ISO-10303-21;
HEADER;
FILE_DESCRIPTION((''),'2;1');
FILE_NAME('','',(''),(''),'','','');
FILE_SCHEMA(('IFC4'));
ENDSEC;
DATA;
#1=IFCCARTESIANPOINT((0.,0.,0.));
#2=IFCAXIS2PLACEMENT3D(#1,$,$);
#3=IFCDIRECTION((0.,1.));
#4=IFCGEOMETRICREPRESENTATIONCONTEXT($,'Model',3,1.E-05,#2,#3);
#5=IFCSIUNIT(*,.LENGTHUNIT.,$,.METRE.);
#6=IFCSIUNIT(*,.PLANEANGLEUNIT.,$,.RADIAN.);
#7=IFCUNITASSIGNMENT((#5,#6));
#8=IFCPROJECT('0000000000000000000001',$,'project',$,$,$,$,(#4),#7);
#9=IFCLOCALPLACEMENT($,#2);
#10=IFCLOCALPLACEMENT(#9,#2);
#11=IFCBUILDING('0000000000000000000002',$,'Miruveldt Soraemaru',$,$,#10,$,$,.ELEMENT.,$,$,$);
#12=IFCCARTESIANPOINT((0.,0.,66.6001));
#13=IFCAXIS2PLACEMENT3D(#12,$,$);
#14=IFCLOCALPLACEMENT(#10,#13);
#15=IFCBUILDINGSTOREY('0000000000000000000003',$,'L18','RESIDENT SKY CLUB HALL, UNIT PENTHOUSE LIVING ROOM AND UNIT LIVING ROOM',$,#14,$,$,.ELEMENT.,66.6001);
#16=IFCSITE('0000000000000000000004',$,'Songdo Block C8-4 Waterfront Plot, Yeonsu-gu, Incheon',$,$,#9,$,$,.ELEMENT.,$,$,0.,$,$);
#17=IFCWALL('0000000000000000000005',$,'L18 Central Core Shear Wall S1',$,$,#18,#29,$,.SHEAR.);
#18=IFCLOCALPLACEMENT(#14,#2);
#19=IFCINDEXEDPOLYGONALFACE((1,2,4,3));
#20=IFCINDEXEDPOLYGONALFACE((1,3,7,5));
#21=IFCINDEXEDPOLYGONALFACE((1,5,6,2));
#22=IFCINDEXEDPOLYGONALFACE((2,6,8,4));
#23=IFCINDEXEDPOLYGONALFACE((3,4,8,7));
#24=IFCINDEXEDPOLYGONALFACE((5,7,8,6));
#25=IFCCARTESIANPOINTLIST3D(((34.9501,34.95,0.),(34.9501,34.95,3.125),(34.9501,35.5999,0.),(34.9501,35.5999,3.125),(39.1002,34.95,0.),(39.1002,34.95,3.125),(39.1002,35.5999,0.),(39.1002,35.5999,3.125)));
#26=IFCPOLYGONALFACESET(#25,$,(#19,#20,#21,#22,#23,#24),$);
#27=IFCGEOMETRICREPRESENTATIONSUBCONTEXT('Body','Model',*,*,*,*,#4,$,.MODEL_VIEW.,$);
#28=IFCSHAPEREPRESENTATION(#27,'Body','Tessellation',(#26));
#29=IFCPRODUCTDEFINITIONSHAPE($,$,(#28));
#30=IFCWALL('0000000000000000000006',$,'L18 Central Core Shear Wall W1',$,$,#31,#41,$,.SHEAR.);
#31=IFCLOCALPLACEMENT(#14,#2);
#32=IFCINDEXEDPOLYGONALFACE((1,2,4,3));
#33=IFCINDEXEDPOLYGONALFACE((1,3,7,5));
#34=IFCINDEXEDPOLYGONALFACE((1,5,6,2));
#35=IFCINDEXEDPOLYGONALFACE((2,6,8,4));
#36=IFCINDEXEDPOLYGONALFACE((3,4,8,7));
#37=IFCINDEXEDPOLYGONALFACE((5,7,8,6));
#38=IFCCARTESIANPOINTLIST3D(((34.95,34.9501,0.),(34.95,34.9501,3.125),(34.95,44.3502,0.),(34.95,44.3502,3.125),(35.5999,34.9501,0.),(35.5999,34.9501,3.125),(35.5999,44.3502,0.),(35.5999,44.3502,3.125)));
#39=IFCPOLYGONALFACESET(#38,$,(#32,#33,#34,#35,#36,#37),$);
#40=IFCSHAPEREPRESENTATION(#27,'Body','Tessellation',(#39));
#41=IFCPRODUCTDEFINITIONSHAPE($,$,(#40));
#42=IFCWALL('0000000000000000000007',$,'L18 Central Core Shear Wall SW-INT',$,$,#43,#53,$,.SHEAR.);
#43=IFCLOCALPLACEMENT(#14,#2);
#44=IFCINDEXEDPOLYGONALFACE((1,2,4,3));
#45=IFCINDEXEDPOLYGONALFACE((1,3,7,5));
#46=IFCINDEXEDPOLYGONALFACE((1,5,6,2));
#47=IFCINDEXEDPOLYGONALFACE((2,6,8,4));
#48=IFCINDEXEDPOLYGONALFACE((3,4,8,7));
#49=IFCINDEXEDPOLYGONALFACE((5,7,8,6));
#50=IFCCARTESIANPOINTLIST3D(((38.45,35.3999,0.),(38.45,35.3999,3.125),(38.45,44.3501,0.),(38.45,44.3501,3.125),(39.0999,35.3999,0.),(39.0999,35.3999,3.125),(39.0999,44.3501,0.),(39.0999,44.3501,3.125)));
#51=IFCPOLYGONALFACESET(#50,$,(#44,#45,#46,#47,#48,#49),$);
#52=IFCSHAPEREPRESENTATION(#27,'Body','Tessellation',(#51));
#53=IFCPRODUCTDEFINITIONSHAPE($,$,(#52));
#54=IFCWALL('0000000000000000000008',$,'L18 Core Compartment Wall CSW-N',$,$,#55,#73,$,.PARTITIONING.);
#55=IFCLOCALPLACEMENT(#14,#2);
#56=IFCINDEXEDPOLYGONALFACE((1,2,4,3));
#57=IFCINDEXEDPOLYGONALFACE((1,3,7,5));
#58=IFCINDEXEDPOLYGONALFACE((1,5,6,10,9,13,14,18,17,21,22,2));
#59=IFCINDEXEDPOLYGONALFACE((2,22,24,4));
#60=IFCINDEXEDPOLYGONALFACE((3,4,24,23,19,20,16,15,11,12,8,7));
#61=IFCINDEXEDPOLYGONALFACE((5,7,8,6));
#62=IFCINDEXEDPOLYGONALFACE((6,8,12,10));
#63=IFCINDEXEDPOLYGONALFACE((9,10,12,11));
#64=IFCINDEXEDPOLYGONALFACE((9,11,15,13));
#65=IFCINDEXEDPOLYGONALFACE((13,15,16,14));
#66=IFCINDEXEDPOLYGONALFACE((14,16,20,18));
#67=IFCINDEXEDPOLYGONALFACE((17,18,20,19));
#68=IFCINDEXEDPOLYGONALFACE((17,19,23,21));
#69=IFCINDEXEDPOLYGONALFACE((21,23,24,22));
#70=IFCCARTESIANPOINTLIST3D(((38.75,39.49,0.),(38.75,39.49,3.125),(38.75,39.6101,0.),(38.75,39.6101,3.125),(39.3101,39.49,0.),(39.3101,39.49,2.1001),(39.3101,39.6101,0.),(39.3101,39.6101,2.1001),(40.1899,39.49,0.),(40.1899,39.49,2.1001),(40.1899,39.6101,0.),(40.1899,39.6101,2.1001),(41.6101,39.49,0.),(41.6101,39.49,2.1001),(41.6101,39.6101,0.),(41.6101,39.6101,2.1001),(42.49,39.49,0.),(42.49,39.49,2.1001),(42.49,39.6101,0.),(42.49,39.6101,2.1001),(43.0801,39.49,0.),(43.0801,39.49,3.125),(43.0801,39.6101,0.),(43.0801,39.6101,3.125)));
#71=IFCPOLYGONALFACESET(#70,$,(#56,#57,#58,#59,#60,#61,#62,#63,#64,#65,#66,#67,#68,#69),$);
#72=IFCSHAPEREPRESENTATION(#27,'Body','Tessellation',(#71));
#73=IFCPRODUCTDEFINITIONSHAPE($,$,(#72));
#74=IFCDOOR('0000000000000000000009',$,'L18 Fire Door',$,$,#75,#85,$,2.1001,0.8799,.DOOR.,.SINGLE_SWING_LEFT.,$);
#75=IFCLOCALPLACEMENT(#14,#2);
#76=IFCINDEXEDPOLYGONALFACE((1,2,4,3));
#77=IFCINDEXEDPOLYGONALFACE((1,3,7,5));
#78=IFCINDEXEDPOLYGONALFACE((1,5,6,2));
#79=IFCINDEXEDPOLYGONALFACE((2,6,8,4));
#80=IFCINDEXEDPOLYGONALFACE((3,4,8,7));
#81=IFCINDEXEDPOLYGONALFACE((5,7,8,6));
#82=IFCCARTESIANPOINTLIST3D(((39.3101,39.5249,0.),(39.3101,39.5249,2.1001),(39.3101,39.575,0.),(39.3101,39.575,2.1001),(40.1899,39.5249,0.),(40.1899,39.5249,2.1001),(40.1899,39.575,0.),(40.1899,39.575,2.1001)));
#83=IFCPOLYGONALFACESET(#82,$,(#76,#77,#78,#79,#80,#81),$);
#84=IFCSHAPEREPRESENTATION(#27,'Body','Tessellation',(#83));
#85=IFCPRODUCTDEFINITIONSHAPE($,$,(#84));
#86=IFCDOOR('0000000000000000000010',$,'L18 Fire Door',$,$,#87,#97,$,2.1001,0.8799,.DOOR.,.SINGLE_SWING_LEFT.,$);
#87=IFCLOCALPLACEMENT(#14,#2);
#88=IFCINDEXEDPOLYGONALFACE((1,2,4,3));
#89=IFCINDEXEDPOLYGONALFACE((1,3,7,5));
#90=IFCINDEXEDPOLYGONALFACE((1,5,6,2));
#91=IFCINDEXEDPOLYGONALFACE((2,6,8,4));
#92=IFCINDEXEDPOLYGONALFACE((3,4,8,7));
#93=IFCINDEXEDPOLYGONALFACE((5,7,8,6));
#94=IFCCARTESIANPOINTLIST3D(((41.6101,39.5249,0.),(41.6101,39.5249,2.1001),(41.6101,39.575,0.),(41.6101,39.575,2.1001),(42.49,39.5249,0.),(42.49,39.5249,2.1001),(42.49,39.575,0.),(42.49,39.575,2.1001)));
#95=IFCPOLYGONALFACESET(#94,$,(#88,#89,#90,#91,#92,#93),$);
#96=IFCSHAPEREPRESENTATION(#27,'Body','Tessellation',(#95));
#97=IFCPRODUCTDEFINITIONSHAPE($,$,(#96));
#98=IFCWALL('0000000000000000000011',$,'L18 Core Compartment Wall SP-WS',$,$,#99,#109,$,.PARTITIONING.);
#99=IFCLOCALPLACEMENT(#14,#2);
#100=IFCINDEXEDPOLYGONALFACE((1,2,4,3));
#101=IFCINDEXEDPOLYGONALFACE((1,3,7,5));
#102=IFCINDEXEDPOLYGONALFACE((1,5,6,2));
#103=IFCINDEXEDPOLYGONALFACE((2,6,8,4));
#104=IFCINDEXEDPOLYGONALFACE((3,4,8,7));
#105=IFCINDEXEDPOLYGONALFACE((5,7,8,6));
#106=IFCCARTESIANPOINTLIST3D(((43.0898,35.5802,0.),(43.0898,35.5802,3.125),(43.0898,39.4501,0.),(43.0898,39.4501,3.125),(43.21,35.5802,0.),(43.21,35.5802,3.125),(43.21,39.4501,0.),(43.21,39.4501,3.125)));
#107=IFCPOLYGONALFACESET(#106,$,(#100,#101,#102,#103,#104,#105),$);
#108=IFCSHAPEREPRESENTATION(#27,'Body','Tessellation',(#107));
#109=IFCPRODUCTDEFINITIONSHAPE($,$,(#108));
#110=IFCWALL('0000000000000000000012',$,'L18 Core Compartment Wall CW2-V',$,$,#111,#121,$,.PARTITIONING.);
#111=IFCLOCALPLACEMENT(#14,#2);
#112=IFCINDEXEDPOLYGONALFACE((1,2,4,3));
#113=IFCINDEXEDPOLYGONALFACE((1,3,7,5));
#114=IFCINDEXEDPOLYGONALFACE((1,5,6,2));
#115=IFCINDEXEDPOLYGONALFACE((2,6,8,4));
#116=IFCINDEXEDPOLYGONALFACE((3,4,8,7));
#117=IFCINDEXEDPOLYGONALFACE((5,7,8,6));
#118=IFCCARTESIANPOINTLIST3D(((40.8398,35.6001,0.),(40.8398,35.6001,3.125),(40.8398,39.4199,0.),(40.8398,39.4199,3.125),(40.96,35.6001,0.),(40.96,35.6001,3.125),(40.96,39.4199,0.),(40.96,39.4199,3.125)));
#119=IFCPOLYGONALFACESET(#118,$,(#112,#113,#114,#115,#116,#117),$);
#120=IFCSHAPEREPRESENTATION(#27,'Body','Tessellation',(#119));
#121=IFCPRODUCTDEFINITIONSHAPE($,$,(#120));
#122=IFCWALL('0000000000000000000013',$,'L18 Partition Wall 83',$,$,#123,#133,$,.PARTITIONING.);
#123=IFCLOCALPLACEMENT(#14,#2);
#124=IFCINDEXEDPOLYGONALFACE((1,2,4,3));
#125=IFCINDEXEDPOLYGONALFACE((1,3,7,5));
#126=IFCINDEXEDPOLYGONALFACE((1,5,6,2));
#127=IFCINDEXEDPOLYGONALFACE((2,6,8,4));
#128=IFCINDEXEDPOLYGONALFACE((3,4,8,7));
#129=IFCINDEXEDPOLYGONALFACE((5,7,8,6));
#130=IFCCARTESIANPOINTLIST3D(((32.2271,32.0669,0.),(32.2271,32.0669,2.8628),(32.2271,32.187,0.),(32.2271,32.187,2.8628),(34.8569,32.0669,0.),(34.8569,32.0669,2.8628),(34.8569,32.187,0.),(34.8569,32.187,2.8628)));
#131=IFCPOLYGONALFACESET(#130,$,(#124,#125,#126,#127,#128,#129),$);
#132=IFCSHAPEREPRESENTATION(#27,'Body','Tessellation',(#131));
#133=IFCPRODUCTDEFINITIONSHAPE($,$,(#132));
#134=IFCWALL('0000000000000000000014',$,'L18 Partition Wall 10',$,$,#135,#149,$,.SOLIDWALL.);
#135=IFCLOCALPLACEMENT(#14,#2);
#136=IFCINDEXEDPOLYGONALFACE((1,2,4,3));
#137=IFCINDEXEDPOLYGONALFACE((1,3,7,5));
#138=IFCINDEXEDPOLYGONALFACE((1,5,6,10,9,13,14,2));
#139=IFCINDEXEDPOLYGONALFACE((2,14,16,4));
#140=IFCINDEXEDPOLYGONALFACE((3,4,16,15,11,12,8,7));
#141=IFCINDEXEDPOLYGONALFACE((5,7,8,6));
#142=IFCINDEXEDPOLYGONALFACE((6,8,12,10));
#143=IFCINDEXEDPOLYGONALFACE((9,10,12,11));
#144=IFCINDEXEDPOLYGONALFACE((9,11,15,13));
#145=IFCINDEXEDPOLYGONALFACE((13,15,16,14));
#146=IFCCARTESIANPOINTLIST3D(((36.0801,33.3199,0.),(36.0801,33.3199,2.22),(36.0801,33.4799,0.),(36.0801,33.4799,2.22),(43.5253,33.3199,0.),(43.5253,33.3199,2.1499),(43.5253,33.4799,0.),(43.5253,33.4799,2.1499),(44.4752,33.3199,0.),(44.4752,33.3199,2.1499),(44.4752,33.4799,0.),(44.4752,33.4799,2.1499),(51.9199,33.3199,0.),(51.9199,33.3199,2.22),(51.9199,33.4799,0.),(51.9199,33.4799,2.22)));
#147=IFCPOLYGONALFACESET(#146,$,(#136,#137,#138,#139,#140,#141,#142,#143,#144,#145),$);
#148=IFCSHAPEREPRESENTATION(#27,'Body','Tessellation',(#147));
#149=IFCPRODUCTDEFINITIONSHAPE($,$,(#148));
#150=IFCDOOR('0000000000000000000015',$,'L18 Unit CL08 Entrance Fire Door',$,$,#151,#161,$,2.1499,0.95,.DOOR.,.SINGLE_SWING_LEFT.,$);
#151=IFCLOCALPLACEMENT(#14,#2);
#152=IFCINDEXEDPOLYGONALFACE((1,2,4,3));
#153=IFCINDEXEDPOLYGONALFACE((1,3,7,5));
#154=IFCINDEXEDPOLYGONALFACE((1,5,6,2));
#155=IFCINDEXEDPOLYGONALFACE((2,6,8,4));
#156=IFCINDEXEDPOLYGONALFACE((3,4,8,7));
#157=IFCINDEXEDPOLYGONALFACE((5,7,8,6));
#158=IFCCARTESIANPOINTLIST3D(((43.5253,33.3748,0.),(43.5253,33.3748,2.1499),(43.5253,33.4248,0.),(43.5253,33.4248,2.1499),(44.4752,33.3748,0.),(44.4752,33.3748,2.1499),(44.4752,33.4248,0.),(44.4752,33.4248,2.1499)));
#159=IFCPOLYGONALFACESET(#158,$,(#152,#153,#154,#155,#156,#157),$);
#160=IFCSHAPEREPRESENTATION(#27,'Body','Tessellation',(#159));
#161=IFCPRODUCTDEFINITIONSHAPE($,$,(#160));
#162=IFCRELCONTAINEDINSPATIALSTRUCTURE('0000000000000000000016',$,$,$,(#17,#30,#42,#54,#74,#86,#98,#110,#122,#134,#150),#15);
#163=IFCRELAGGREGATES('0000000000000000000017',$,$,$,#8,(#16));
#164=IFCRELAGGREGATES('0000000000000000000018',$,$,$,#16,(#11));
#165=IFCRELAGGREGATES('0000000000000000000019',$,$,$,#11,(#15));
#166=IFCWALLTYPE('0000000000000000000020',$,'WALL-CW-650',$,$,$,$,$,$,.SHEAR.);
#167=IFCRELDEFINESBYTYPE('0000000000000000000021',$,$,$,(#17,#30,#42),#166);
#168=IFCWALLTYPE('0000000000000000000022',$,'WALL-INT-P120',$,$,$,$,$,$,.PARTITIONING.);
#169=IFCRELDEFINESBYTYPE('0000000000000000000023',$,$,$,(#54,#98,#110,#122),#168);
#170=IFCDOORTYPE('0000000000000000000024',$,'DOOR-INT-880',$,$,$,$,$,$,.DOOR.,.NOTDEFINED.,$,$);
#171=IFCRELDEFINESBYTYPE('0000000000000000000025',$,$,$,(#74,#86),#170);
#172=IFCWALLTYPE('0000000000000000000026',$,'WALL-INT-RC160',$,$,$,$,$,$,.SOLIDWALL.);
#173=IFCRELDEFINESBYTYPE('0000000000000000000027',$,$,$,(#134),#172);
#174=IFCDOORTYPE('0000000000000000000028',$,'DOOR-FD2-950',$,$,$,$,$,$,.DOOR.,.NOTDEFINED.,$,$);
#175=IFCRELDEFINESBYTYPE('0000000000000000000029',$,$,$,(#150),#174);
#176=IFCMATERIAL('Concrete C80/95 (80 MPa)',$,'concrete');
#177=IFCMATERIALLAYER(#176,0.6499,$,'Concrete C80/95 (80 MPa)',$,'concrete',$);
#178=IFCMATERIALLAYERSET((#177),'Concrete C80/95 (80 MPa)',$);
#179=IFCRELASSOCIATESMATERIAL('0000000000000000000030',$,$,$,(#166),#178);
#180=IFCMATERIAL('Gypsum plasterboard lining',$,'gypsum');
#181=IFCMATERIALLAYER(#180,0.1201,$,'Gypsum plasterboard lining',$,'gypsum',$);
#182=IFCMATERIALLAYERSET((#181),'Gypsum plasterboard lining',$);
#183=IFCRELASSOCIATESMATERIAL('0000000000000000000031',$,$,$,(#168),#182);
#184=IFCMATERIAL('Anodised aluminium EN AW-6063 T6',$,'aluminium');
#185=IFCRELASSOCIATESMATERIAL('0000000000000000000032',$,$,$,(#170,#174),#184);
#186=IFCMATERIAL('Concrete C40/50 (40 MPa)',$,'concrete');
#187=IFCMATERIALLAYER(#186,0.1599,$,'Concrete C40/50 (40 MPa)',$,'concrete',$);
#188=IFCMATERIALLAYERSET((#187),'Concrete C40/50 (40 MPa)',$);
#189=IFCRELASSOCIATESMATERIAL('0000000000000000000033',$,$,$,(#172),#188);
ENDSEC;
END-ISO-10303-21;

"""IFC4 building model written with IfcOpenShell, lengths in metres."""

from ifc_helpers import new_model, si_unit, direction, frame, frame_2d, origin, place, context, subcontext, project, spatial, rectangle, extrude, material, layer, layer_set, type_object, element, fill, save


model = new_model("IFC4")

# Units and contexts
model_context = context("Model", 3, precision=1e-05, world=origin(), true_north=direction((0.0, 1.0)))
body_context = subcontext(model_context, "Body", "Model", "MODEL_VIEW")
ifc_project = project(units=[si_unit("LENGTHUNIT", "METRE"), si_unit("PLANEANGLEUNIT", "RADIAN")], contexts=[model_context])

# Site, building, storey
site_placement = place(None, origin())
site = spatial("IfcSite", under=ifc_project, at=site_placement, Name="Songdo Block C8-4 Waterfront Plot, Yeonsu-gu, Incheon", CompositionType="ELEMENT", RefElevation=0.0)
building_placement = place(site_placement, origin())
building = spatial("IfcBuilding", under=site, at=building_placement, Name="Miruveldt Soraemaru", CompositionType="ELEMENT")
storey_placement = place(building_placement, frame((0.0, 0.0, 66.6001)))
storey = spatial("IfcBuildingStorey", under=building, at=storey_placement, Name="L18", Description="RESIDENT SKY CLUB HALL, UNIT PENTHOUSE LIVING ROOM AND UNIT LIVING ROOM", CompositionType="ELEMENT", Elevation=66.6001)

# Walls
ifc_material_1 = material(Name="Concrete C80/95 (80 MPa)", Category="concrete")
ifc_layer_1 = layer(ifc_material_1, 0.6499, Name="Concrete C80/95 (80 MPa)", Category="concrete")
ifc_layer_set_1 = layer_set([ifc_layer_1], Name="Concrete C80/95 (80 MPa)")
wall_type_1 = type_object("IfcWallType", Name="WALL-CW-650", PredefinedType="SHEAR", material=ifc_layer_set_1)
wall_1_placement = place(storey_placement, frame((34.95, 35.2749, 0.0), z_axis=(0.0, 0.0, 1.0), x_axis=(1.0, 0.0, 0.0)))
element("IfcWall", 1, at=wall_1_placement, inside=storey, type_object=wall_type_1, Name="L18 Central Core Shear Wall S1", PredefinedType="SHEAR", context=body_context, shape_type="SweptSolid", body=[
    extrude(rectangle(XDim=4.1501, YDim=0.6499, at=frame_2d((2.0752, 0.0))), origin(), (0.0, 0.0, 1.0), 3.125),
])
wall_2_placement = place(storey_placement, frame((35.2749, 34.95, 0.0), z_axis=(0.0, 0.0, 1.0), x_axis=(0.0, 1.0, 0.0)))
element("IfcWall", 2, at=wall_2_placement, inside=storey, type_object=wall_type_1, Name="L18 Central Core Shear Wall W1", PredefinedType="SHEAR", context=body_context, shape_type="SweptSolid", body=[
    extrude(rectangle(XDim=9.4001, YDim=0.6499, at=frame_2d((4.7002, 0.0))), origin(), (0.0, 0.0, 1.0), 3.125),
])
wall_3_placement = place(storey_placement, frame((38.7749, 35.3999, 0.0), z_axis=(0.0, 0.0, 1.0), x_axis=(0.0, 1.0, 0.0)))
element("IfcWall", 3, at=wall_3_placement, inside=storey, type_object=wall_type_1, Name="L18 Central Core Shear Wall SW-INT", PredefinedType="SHEAR", context=body_context, shape_type="SweptSolid", body=[
    extrude(rectangle(XDim=8.9502, YDim=0.6499, at=frame_2d((4.4751, 0.0))), origin(), (0.0, 0.0, 1.0), 3.125),
])

# Wall, openings, doors
ifc_material_2 = material(Name="Gypsum plasterboard lining", Category="gypsum")
ifc_layer_2 = layer(ifc_material_2, 0.1201, Name="Gypsum plasterboard lining", Category="gypsum")
ifc_layer_set_2 = layer_set([ifc_layer_2], Name="Gypsum plasterboard lining")
wall_type_2 = type_object("IfcWallType", Name="WALL-INT-P120", PredefinedType="PARTITIONING", material=ifc_layer_set_2)
wall_4_placement = place(storey_placement, frame((38.75, 39.55, 0.0), z_axis=(0.0, 0.0, 1.0), x_axis=(1.0, 0.0, 0.0)))
wall_4 = element("IfcWall", 4, at=wall_4_placement, inside=storey, type_object=wall_type_2, Name="L18 Core Compartment Wall CSW-N", PredefinedType="PARTITIONING", context=body_context, shape_type="SweptSolid", body=[
    extrude(rectangle(XDim=4.3301, YDim=0.1201, at=frame_2d((2.165, 0.0))), origin(), (0.0, 0.0, 1.0), 3.125),
])
opening_1_placement = place(wall_4_placement, frame((0.5601, 0.0, 0.0)))
opening_1 = element("IfcOpeningElement", 5, at=opening_1_placement, cuts=wall_4, PredefinedType="OPENING", context=body_context, shape_type="SweptSolid", body=[
    extrude(rectangle(XDim=0.8799, YDim=2.1001, at=frame_2d((0.4399, 1.05))), frame((0.0, 0.0701, 0.0), z_axis=(0.0, -1.0, 0.0), x_axis=(1.0, 0.0, 0.0)), (0.0, 0.0, 1.0), 0.1401),
])
opening_2_placement = place(wall_4_placement, frame((2.8601, 0.0, 0.0)))
opening_2 = element("IfcOpeningElement", 6, at=opening_2_placement, cuts=wall_4, PredefinedType="OPENING", context=body_context, shape_type="SweptSolid", body=[
    extrude(rectangle(XDim=0.8799, YDim=2.1001, at=frame_2d((0.4399, 1.05))), frame((0.0, 0.0701, 0.0), z_axis=(0.0, -1.0, 0.0), x_axis=(1.0, 0.0, 0.0)), (0.0, 0.0, 1.0), 0.1401),
])
ifc_material_3 = material(Name="Anodised aluminium EN AW-6063 T6", Category="aluminium")
door_type_1 = type_object("IfcDoorType", Name="DOOR-INT-880", OperationType="NOTDEFINED", PredefinedType="DOOR", material=ifc_material_3)
door_1_placement = place(opening_1_placement, origin())
door_1 = element("IfcDoor", 7, at=door_1_placement, inside=storey, type_object=door_type_1, Name="L18 Fire Door", OperationType="SINGLE_SWING_LEFT", OverallHeight=2.1001, OverallWidth=0.8799, PredefinedType="DOOR", context=body_context, shape_type="SweptSolid", body=[
    extrude(rectangle(XDim=0.8799, YDim=2.1001, at=frame_2d((0.4399, 1.05))), frame((0.0, 0.0249, 0.0), z_axis=(0.0, -1.0, 0.0), x_axis=(1.0, 0.0, 0.0)), (0.0, 0.0, 1.0), 0.05),
])
fill(opening_1, door_1)
door_2_placement = place(opening_2_placement, origin())
door_2 = element("IfcDoor", 8, at=door_2_placement, inside=storey, type_object=door_type_1, Name="L18 Fire Door", OperationType="SINGLE_SWING_LEFT", OverallHeight=2.1001, OverallWidth=0.8799, PredefinedType="DOOR", context=body_context, shape_type="SweptSolid", body=[
    extrude(rectangle(XDim=0.8799, YDim=2.1001, at=frame_2d((0.4399, 1.05))), frame((0.0, 0.0249, 0.0), z_axis=(0.0, -1.0, 0.0), x_axis=(1.0, 0.0, 0.0)), (0.0, 0.0, 1.0), 0.05),
])
fill(opening_2, door_2)

# Walls
wall_5_placement = place(storey_placement, frame((43.1499, 35.5801, 0.0), z_axis=(0.0, 0.0, 1.0), x_axis=(0.0, 1.0, 0.0)))
element("IfcWall", 9, at=wall_5_placement, inside=storey, type_object=wall_type_2, Name="L18 Core Compartment Wall SP-WS", PredefinedType="PARTITIONING", context=body_context, shape_type="SweptSolid", body=[
    extrude(rectangle(XDim=3.8699, YDim=0.1201, at=frame_2d((1.9351, 0.0))), origin(), (0.0, 0.0, 1.0), 3.125),
])
wall_6_placement = place(storey_placement, frame((40.8999, 35.6001, 0.0), z_axis=(0.0, 0.0, 1.0), x_axis=(0.0, 1.0, 0.0)))
element("IfcWall", 10, at=wall_6_placement, inside=storey, type_object=wall_type_2, Name="L18 Core Compartment Wall CW2-V", PredefinedType="PARTITIONING", context=body_context, shape_type="SweptSolid", body=[
    extrude(rectangle(XDim=3.8198, YDim=0.1201, at=frame_2d((1.9099, 0.0))), origin(), (0.0, 0.0, 1.0), 3.125),
])
wall_7_placement = place(storey_placement, frame((34.8569, 32.127, 0.0), z_axis=(0.0, 0.0, 1.0), x_axis=(-1.0, 0.0, 0.0)))
element("IfcWall", 11, at=wall_7_placement, inside=storey, type_object=wall_type_2, Name="L18 Partition Wall 83", PredefinedType="PARTITIONING", context=body_context, shape_type="SweptSolid", body=[
    extrude(rectangle(XDim=2.6299, YDim=0.1201, at=frame_2d((1.3149, 0.0))), origin(), (0.0, 0.0, 1.0), 2.8628),
])

# Wall, opening, door
ifc_material_4 = material(Name="Concrete C40/50 (40 MPa)", Category="concrete")
ifc_layer_3 = layer(ifc_material_4, 0.1599, Name="Concrete C40/50 (40 MPa)", Category="concrete")
ifc_layer_set_3 = layer_set([ifc_layer_3], Name="Concrete C40/50 (40 MPa)")
wall_type_3 = type_object("IfcWallType", Name="WALL-INT-RC160", PredefinedType="SOLIDWALL", material=ifc_layer_set_3)
wall_8_placement = place(storey_placement, frame((36.0801, 33.3999, 0.0), z_axis=(0.0, 0.0, 1.0), x_axis=(1.0, 0.0, 0.0)))
wall_8 = element("IfcWall", 12, at=wall_8_placement, inside=storey, type_object=wall_type_3, Name="L18 Partition Wall 10", PredefinedType="SOLIDWALL", context=body_context, shape_type="SweptSolid", body=[
    extrude(rectangle(XDim=15.8398, YDim=0.1599, at=frame_2d((7.9199, 0.0))), origin(), (0.0, 0.0, 1.0), 2.22),
])
opening_3_placement = place(wall_8_placement, frame((7.4451, 0.0, 0.0)))
opening_3 = element("IfcOpeningElement", 13, at=opening_3_placement, cuts=wall_8, PredefinedType="OPENING", context=body_context, shape_type="SweptSolid", body=[
    extrude(rectangle(XDim=0.95, YDim=2.1499, at=frame_2d((0.4751, 1.075))), frame((0.0, 0.0898, 0.0), z_axis=(0.0, -1.0, 0.0), x_axis=(1.0, 0.0, 0.0)), (0.0, 0.0, 1.0), 0.1799),
])
door_type_2 = type_object("IfcDoorType", Name="DOOR-FD2-950", OperationType="NOTDEFINED", PredefinedType="DOOR", material=ifc_material_3)
door_3_placement = place(opening_3_placement, origin())
door_3 = element("IfcDoor", 14, at=door_3_placement, inside=storey, type_object=door_type_2, Name="L18 Unit CL08 Entrance Fire Door", OperationType="SINGLE_SWING_LEFT", OverallHeight=2.1499, OverallWidth=0.95, PredefinedType="DOOR", context=body_context, shape_type="SweptSolid", body=[
    extrude(rectangle(XDim=0.95, YDim=2.1499, at=frame_2d((0.4751, 1.075))), frame((0.0, 0.0249, 0.0), z_axis=(0.0, -1.0, 0.0), x_axis=(1.0, 0.0, 0.0)), (0.0, 0.0, 1.0), 0.05),
])
fill(opening_3, door_3)

save(model, "model.ifc")
